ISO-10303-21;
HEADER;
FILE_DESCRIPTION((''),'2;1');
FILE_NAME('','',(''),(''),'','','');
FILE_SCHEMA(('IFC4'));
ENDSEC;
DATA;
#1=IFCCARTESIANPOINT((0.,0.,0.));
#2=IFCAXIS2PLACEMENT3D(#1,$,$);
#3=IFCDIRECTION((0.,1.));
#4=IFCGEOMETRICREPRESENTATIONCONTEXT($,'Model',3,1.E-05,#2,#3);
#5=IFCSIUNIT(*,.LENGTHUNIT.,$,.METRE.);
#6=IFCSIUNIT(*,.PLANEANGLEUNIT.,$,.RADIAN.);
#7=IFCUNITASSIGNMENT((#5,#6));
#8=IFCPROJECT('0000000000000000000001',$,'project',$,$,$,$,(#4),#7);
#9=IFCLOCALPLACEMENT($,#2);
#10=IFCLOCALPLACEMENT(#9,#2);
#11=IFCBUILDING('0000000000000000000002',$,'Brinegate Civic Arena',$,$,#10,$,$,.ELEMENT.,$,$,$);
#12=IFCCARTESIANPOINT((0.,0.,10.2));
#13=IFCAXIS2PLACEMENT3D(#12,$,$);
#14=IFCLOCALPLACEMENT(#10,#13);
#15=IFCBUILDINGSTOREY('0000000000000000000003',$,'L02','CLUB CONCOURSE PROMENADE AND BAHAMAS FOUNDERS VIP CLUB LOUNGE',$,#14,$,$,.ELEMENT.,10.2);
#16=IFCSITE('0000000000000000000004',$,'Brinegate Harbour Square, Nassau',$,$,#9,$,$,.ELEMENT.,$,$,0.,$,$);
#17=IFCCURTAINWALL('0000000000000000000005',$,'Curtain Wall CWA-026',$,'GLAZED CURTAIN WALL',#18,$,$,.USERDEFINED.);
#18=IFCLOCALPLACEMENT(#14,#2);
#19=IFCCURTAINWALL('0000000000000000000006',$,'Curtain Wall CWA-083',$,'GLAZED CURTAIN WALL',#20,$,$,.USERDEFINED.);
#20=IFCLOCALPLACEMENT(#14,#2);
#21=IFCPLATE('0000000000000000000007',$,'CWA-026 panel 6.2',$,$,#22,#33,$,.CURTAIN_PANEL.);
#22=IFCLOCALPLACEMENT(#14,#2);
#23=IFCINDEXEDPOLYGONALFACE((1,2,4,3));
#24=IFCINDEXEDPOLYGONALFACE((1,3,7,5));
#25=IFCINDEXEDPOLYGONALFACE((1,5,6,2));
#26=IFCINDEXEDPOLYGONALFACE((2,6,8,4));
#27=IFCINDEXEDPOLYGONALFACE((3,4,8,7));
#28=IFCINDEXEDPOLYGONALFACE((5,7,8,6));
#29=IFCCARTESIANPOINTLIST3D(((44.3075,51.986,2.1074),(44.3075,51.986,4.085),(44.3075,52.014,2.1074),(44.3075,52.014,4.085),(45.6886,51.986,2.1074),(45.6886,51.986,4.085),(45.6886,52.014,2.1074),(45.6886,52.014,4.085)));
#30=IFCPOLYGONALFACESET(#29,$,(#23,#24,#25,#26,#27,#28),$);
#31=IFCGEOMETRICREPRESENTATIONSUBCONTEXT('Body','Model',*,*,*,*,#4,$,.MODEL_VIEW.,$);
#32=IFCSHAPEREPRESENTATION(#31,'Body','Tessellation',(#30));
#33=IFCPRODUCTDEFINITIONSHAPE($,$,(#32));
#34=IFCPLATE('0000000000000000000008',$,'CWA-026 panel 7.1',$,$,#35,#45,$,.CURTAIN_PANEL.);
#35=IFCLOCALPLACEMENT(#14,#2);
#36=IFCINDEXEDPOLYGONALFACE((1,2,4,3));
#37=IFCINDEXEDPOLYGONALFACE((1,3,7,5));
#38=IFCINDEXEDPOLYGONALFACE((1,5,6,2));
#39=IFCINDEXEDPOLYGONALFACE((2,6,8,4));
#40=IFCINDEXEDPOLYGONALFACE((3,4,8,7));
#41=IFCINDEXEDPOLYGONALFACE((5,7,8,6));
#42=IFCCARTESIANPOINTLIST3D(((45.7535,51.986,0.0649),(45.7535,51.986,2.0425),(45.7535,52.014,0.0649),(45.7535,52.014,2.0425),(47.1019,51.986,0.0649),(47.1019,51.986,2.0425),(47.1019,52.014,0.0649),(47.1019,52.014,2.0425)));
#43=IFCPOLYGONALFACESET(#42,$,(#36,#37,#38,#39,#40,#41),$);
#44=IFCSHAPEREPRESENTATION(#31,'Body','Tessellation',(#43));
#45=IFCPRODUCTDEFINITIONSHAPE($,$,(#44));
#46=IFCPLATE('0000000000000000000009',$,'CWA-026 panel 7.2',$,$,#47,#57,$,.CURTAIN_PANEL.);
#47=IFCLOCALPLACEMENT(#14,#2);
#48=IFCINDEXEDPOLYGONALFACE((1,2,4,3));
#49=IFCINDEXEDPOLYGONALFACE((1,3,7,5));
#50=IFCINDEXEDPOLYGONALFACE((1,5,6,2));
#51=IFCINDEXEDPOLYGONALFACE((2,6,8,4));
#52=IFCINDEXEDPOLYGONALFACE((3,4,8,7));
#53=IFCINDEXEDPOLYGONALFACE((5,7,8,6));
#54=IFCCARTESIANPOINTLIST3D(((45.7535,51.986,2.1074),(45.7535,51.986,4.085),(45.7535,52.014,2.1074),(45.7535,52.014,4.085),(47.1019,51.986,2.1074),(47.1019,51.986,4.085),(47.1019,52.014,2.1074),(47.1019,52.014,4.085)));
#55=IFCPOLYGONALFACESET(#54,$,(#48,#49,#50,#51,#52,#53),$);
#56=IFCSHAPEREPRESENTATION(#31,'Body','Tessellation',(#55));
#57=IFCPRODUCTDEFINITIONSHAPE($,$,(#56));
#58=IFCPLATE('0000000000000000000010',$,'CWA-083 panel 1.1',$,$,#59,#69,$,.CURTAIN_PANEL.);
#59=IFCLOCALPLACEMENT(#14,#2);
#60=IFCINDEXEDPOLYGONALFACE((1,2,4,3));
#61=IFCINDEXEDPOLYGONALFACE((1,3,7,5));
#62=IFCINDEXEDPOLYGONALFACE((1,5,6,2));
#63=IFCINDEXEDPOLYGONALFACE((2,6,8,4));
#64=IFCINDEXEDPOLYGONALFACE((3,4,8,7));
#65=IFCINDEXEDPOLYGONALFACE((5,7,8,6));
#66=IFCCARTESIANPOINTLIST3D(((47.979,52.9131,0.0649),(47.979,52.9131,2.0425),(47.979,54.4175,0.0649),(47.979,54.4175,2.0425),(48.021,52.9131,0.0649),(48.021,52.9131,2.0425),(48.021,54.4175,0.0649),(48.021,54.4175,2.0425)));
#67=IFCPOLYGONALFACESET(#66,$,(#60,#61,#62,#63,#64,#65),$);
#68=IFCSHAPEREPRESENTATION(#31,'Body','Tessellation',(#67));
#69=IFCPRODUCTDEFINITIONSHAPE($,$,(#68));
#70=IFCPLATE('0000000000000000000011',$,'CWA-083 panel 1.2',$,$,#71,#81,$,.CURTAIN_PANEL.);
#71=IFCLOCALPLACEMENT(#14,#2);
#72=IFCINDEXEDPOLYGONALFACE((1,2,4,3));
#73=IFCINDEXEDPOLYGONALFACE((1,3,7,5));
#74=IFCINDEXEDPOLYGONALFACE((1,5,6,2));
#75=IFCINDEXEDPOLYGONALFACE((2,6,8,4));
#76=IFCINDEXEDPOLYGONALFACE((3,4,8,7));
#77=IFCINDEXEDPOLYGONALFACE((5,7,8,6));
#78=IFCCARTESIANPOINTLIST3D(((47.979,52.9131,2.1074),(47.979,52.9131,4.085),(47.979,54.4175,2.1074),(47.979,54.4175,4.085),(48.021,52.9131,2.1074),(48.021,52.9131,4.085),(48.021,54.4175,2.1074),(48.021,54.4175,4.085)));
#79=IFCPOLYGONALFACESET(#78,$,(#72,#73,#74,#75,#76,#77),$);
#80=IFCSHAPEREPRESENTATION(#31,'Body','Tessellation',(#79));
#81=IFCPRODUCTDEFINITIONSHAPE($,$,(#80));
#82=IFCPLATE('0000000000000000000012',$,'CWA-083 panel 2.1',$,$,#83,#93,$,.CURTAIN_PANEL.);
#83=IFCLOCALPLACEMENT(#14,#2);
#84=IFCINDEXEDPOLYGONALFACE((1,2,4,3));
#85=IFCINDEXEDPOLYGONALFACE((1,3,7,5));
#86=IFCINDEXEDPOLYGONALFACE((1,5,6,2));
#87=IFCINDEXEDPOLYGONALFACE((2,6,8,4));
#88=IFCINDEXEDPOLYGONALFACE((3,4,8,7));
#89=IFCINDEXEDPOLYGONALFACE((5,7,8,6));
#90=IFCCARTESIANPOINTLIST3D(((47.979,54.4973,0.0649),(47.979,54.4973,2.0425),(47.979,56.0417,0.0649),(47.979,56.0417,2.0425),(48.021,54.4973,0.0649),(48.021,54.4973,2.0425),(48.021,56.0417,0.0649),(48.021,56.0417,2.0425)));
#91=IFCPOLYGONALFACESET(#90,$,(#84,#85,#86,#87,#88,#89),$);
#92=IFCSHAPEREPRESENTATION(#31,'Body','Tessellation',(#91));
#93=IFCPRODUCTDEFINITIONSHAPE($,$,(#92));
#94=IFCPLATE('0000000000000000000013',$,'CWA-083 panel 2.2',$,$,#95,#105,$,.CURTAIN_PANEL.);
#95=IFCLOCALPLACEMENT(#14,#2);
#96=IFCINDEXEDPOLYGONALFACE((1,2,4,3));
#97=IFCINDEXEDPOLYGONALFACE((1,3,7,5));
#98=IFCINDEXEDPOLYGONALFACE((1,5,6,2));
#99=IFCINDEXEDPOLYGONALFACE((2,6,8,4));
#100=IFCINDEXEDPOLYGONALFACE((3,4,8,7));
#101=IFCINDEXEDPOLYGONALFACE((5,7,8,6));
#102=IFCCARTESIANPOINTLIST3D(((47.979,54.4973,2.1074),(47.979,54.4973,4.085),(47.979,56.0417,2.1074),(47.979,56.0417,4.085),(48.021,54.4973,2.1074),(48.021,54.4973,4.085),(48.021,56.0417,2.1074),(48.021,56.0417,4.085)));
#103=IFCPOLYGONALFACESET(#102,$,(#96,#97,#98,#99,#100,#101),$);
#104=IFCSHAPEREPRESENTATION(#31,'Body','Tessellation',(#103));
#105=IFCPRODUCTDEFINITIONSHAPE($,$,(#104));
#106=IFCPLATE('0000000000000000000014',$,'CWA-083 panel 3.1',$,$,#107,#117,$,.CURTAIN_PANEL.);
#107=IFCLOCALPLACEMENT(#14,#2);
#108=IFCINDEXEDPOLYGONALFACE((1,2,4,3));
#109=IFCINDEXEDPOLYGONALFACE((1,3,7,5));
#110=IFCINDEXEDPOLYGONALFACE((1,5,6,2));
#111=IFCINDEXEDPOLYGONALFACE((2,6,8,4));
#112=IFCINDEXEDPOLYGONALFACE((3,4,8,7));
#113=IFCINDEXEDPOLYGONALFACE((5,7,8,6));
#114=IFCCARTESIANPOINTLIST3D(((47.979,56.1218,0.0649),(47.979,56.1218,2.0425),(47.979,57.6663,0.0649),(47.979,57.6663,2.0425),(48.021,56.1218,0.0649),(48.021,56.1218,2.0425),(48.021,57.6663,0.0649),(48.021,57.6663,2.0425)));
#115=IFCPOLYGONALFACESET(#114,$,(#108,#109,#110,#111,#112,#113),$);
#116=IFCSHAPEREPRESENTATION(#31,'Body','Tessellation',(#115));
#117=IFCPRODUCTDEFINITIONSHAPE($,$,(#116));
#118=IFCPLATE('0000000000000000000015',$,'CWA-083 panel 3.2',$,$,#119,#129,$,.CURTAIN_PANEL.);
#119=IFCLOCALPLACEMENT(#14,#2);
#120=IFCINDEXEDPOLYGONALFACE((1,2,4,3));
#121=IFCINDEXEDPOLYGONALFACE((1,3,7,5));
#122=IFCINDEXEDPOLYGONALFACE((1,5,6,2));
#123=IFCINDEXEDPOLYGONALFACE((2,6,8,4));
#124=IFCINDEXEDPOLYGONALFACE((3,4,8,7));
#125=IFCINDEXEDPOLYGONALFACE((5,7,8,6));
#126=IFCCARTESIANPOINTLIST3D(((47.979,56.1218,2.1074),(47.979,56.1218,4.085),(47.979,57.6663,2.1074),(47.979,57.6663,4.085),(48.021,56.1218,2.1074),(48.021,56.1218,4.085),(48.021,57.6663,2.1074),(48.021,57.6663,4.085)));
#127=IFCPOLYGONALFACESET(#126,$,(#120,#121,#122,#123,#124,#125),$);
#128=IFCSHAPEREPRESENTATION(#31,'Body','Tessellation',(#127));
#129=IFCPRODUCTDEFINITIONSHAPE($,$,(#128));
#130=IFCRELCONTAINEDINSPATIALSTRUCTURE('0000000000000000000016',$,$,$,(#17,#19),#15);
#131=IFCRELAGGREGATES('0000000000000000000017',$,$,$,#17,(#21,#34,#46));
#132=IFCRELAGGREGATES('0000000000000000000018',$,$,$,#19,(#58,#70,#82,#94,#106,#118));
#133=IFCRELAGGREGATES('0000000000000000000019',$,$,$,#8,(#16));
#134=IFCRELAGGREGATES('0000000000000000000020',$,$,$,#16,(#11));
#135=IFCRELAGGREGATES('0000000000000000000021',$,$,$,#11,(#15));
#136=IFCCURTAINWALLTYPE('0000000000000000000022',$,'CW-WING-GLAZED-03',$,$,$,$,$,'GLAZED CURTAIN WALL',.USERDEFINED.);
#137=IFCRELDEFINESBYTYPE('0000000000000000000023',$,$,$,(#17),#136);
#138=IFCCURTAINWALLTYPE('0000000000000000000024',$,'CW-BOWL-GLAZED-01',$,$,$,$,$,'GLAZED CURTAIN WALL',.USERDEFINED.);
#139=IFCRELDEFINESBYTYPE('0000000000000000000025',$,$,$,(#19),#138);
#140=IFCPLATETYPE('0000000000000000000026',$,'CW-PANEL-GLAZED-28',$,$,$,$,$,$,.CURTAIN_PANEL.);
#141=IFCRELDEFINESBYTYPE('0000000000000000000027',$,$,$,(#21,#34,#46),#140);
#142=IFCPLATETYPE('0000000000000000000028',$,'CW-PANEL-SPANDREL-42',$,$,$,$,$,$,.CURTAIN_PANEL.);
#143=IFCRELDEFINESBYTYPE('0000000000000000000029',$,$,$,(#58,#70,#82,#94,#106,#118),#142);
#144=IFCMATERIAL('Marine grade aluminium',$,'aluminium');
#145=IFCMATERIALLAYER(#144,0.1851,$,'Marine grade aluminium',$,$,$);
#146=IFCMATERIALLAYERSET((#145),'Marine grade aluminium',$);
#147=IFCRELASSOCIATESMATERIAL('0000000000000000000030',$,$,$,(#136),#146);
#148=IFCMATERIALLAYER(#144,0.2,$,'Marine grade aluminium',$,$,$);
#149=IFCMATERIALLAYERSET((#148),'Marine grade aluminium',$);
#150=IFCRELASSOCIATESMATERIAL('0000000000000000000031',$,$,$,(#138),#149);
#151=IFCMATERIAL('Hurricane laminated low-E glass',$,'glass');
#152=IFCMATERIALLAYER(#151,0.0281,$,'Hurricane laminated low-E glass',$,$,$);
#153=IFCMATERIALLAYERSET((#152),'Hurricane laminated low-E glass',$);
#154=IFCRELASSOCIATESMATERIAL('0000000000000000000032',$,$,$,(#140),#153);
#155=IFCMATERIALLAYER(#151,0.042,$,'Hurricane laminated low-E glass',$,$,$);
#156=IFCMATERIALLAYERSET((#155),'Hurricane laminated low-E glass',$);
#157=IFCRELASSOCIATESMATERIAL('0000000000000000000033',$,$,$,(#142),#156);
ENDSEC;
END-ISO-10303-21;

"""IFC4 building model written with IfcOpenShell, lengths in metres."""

from ifc_helpers import new_model, si_unit, direction, frame, origin, origin_2d, place, context, subcontext, project, spatial, rectangle, extrude, material, layer, layer_set, type_object, element, aggregate, save


model = new_model("IFC4")

# Units and contexts
model_context = context("Model", 3, precision=1e-05, world=origin(), true_north=direction((0.0, 1.0)))
body_context = subcontext(model_context, "Body", "Model", "MODEL_VIEW")
ifc_project = project(units=[si_unit("LENGTHUNIT", "METRE"), si_unit("PLANEANGLEUNIT", "RADIAN")], contexts=[model_context])

# Site, building, storey
site_placement = place(None, origin())
site = spatial("IfcSite", under=ifc_project, at=site_placement, Name="Brinegate Harbour Square, Nassau", CompositionType="ELEMENT", RefElevation=0.0)
building_placement = place(site_placement, origin())
building = spatial("IfcBuilding", under=site, at=building_placement, Name="Brinegate Civic Arena", CompositionType="ELEMENT")
storey_placement = place(building_placement, frame((0.0, 0.0, 10.2)))
storey = spatial("IfcBuildingStorey", under=building, at=storey_placement, Name="L02", Description="CLUB CONCOURSE PROMENADE AND BAHAMAS FOUNDERS VIP CLUB LOUNGE", CompositionType="ELEMENT", Elevation=10.2)

# Curtain walls
ifc_material_1 = material(Name="Marine grade aluminium", Category="aluminium")
ifc_layer_1 = layer(ifc_material_1, 0.1851, Name="Marine grade aluminium")
ifc_layer_set_1 = layer_set([ifc_layer_1], Name="Marine grade aluminium")
curtain_wall_type_1 = type_object("IfcCurtainWallType", Name="CW-WING-GLAZED-03", ElementType="GLAZED CURTAIN WALL", PredefinedType="USERDEFINED", material=ifc_layer_set_1)
curtain_wall_1_placement = place(storey_placement, origin())
curtain_wall_1 = element("IfcCurtainWall", 1, at=curtain_wall_1_placement, inside=storey, type_object=curtain_wall_type_1, Name="Curtain Wall CWA-026", ObjectType="GLAZED CURTAIN WALL", PredefinedType="USERDEFINED")
ifc_layer_2 = layer(ifc_material_1, 0.2, Name="Marine grade aluminium")
ifc_layer_set_2 = layer_set([ifc_layer_2], Name="Marine grade aluminium")
curtain_wall_type_2 = type_object("IfcCurtainWallType", Name="CW-BOWL-GLAZED-01", ElementType="GLAZED CURTAIN WALL", PredefinedType="USERDEFINED", material=ifc_layer_set_2)
curtain_wall_2_placement = place(storey_placement, origin())
curtain_wall_2 = element("IfcCurtainWall", 2, at=curtain_wall_2_placement, inside=storey, type_object=curtain_wall_type_2, Name="Curtain Wall CWA-083", ObjectType="GLAZED CURTAIN WALL", PredefinedType="USERDEFINED")

# Plates
ifc_material_2 = material(Name="Hurricane laminated low-E glass", Category="glass")
ifc_layer_3 = layer(ifc_material_2, 0.0281, Name="Hurricane laminated low-E glass")
ifc_layer_set_3 = layer_set([ifc_layer_3], Name="Hurricane laminated low-E glass")
plate_type_1 = type_object("IfcPlateType", Name="CW-PANEL-GLAZED-28", PredefinedType="CURTAIN_PANEL", material=ifc_layer_set_3)
plate_1_placement = place(storey_placement, frame((44.998, 52.0, 2.1074), z_axis=(0.0, 0.0, 1.0), x_axis=(1.0, 0.0, 0.0)))
plate_1 = element("IfcPlate", 3, at=plate_1_placement, type_object=plate_type_1, Name="CWA-026 panel 6.2", PredefinedType="CURTAIN_PANEL", context=body_context, shape_type="SweptSolid", body=[
    extrude(rectangle(XDim=1.3811, YDim=0.0281, at=origin_2d()), origin(), (0.0, 0.0, 1.0), 1.9775),
])
plate_2_placement = place(storey_placement, frame((46.4277, 52.0, 0.0649), z_axis=(0.0, 0.0, 1.0), x_axis=(1.0, 0.0, 0.0)))
plate_2 = element("IfcPlate", 4, at=plate_2_placement, type_object=plate_type_1, Name="CWA-026 panel 7.1", PredefinedType="CURTAIN_PANEL", context=body_context, shape_type="SweptSolid", body=[
    extrude(rectangle(XDim=1.3484, YDim=0.0281, at=origin_2d()), origin(), (0.0, 0.0, 1.0), 1.9775),
])
plate_3_placement = place(storey_placement, frame((46.4277, 52.0, 2.1074), z_axis=(0.0, 0.0, 1.0), x_axis=(1.0, 0.0, 0.0)))
plate_3 = element("IfcPlate", 5, at=plate_3_placement, type_object=plate_type_1, Name="CWA-026 panel 7.2", PredefinedType="CURTAIN_PANEL", context=body_context, shape_type="SweptSolid", body=[
    extrude(rectangle(XDim=1.3484, YDim=0.0281, at=origin_2d()), origin(), (0.0, 0.0, 1.0), 1.9775),
])
aggregate(curtain_wall_1, [plate_1, plate_2, plate_3])
ifc_layer_4 = layer(ifc_material_2, 0.042, Name="Hurricane laminated low-E glass")
ifc_layer_set_4 = layer_set([ifc_layer_4], Name="Hurricane laminated low-E glass")
plate_type_2 = type_object("IfcPlateType", Name="CW-PANEL-SPANDREL-42", PredefinedType="CURTAIN_PANEL", material=ifc_layer_set_4)
plate_4_placement = place(storey_placement, frame((48.0, 53.6653, 0.0649), z_axis=(0.0, 0.0, 1.0), x_axis=(0.0, 1.0, 0.0)))
plate_4 = element("IfcPlate", 6, at=plate_4_placement, type_object=plate_type_2, Name="CWA-083 panel 1.1", PredefinedType="CURTAIN_PANEL", context=body_context, shape_type="SweptSolid", body=[
    extrude(rectangle(XDim=1.5044, YDim=0.042, at=origin_2d()), origin(), (0.0, 0.0, 1.0), 1.9775),
])
plate_5_placement = place(storey_placement, frame((48.0, 53.6653, 2.1074), z_axis=(0.0, 0.0, 1.0), x_axis=(0.0, 1.0, 0.0)))
plate_5 = element("IfcPlate", 7, at=plate_5_placement, type_object=plate_type_2, Name="CWA-083 panel 1.2", PredefinedType="CURTAIN_PANEL", context=body_context, shape_type="SweptSolid", body=[
    extrude(rectangle(XDim=1.5044, YDim=0.042, at=origin_2d()), origin(), (0.0, 0.0, 1.0), 1.9775),
])
plate_6_placement = place(storey_placement, frame((48.0, 55.2695, 0.0649), z_axis=(0.0, 0.0, 1.0), x_axis=(0.0, 1.0, 0.0)))
plate_6 = element("IfcPlate", 8, at=plate_6_placement, type_object=plate_type_2, Name="CWA-083 panel 2.1", PredefinedType="CURTAIN_PANEL", context=body_context, shape_type="SweptSolid", body=[
    extrude(rectangle(XDim=1.5444, YDim=0.042, at=origin_2d()), origin(), (0.0, 0.0, 1.0), 1.9775),
])
plate_7_placement = place(storey_placement, frame((48.0, 55.2695, 2.1074), z_axis=(0.0, 0.0, 1.0), x_axis=(0.0, 1.0, 0.0)))
plate_7 = element("IfcPlate", 9, at=plate_7_placement, type_object=plate_type_2, Name="CWA-083 panel 2.2", PredefinedType="CURTAIN_PANEL", context=body_context, shape_type="SweptSolid", body=[
    extrude(rectangle(XDim=1.5444, YDim=0.042, at=origin_2d()), origin(), (0.0, 0.0, 1.0), 1.9775),
])
plate_8_placement = place(storey_placement, frame((48.0, 56.894, 0.0649), z_axis=(0.0, 0.0, 1.0), x_axis=(0.0, 1.0, 0.0)))
plate_8 = element("IfcPlate", 10, at=plate_8_placement, type_object=plate_type_2, Name="CWA-083 panel 3.1", PredefinedType="CURTAIN_PANEL", context=body_context, shape_type="SweptSolid", body=[
    extrude(rectangle(XDim=1.5444, YDim=0.042, at=origin_2d()), origin(), (0.0, 0.0, 1.0), 1.9775),
])
plate_9_placement = place(storey_placement, frame((48.0, 56.894, 2.1074), z_axis=(0.0, 0.0, 1.0), x_axis=(0.0, 1.0, 0.0)))
plate_9 = element("IfcPlate", 11, at=plate_9_placement, type_object=plate_type_2, Name="CWA-083 panel 3.2", PredefinedType="CURTAIN_PANEL", context=body_context, shape_type="SweptSolid", body=[
    extrude(rectangle(XDim=1.5444, YDim=0.042, at=origin_2d()), origin(), (0.0, 0.0, 1.0), 1.9775),
])
aggregate(curtain_wall_2, [plate_4, plate_5, plate_6, plate_7, plate_8, plate_9])

save(model, "model.ifc")
